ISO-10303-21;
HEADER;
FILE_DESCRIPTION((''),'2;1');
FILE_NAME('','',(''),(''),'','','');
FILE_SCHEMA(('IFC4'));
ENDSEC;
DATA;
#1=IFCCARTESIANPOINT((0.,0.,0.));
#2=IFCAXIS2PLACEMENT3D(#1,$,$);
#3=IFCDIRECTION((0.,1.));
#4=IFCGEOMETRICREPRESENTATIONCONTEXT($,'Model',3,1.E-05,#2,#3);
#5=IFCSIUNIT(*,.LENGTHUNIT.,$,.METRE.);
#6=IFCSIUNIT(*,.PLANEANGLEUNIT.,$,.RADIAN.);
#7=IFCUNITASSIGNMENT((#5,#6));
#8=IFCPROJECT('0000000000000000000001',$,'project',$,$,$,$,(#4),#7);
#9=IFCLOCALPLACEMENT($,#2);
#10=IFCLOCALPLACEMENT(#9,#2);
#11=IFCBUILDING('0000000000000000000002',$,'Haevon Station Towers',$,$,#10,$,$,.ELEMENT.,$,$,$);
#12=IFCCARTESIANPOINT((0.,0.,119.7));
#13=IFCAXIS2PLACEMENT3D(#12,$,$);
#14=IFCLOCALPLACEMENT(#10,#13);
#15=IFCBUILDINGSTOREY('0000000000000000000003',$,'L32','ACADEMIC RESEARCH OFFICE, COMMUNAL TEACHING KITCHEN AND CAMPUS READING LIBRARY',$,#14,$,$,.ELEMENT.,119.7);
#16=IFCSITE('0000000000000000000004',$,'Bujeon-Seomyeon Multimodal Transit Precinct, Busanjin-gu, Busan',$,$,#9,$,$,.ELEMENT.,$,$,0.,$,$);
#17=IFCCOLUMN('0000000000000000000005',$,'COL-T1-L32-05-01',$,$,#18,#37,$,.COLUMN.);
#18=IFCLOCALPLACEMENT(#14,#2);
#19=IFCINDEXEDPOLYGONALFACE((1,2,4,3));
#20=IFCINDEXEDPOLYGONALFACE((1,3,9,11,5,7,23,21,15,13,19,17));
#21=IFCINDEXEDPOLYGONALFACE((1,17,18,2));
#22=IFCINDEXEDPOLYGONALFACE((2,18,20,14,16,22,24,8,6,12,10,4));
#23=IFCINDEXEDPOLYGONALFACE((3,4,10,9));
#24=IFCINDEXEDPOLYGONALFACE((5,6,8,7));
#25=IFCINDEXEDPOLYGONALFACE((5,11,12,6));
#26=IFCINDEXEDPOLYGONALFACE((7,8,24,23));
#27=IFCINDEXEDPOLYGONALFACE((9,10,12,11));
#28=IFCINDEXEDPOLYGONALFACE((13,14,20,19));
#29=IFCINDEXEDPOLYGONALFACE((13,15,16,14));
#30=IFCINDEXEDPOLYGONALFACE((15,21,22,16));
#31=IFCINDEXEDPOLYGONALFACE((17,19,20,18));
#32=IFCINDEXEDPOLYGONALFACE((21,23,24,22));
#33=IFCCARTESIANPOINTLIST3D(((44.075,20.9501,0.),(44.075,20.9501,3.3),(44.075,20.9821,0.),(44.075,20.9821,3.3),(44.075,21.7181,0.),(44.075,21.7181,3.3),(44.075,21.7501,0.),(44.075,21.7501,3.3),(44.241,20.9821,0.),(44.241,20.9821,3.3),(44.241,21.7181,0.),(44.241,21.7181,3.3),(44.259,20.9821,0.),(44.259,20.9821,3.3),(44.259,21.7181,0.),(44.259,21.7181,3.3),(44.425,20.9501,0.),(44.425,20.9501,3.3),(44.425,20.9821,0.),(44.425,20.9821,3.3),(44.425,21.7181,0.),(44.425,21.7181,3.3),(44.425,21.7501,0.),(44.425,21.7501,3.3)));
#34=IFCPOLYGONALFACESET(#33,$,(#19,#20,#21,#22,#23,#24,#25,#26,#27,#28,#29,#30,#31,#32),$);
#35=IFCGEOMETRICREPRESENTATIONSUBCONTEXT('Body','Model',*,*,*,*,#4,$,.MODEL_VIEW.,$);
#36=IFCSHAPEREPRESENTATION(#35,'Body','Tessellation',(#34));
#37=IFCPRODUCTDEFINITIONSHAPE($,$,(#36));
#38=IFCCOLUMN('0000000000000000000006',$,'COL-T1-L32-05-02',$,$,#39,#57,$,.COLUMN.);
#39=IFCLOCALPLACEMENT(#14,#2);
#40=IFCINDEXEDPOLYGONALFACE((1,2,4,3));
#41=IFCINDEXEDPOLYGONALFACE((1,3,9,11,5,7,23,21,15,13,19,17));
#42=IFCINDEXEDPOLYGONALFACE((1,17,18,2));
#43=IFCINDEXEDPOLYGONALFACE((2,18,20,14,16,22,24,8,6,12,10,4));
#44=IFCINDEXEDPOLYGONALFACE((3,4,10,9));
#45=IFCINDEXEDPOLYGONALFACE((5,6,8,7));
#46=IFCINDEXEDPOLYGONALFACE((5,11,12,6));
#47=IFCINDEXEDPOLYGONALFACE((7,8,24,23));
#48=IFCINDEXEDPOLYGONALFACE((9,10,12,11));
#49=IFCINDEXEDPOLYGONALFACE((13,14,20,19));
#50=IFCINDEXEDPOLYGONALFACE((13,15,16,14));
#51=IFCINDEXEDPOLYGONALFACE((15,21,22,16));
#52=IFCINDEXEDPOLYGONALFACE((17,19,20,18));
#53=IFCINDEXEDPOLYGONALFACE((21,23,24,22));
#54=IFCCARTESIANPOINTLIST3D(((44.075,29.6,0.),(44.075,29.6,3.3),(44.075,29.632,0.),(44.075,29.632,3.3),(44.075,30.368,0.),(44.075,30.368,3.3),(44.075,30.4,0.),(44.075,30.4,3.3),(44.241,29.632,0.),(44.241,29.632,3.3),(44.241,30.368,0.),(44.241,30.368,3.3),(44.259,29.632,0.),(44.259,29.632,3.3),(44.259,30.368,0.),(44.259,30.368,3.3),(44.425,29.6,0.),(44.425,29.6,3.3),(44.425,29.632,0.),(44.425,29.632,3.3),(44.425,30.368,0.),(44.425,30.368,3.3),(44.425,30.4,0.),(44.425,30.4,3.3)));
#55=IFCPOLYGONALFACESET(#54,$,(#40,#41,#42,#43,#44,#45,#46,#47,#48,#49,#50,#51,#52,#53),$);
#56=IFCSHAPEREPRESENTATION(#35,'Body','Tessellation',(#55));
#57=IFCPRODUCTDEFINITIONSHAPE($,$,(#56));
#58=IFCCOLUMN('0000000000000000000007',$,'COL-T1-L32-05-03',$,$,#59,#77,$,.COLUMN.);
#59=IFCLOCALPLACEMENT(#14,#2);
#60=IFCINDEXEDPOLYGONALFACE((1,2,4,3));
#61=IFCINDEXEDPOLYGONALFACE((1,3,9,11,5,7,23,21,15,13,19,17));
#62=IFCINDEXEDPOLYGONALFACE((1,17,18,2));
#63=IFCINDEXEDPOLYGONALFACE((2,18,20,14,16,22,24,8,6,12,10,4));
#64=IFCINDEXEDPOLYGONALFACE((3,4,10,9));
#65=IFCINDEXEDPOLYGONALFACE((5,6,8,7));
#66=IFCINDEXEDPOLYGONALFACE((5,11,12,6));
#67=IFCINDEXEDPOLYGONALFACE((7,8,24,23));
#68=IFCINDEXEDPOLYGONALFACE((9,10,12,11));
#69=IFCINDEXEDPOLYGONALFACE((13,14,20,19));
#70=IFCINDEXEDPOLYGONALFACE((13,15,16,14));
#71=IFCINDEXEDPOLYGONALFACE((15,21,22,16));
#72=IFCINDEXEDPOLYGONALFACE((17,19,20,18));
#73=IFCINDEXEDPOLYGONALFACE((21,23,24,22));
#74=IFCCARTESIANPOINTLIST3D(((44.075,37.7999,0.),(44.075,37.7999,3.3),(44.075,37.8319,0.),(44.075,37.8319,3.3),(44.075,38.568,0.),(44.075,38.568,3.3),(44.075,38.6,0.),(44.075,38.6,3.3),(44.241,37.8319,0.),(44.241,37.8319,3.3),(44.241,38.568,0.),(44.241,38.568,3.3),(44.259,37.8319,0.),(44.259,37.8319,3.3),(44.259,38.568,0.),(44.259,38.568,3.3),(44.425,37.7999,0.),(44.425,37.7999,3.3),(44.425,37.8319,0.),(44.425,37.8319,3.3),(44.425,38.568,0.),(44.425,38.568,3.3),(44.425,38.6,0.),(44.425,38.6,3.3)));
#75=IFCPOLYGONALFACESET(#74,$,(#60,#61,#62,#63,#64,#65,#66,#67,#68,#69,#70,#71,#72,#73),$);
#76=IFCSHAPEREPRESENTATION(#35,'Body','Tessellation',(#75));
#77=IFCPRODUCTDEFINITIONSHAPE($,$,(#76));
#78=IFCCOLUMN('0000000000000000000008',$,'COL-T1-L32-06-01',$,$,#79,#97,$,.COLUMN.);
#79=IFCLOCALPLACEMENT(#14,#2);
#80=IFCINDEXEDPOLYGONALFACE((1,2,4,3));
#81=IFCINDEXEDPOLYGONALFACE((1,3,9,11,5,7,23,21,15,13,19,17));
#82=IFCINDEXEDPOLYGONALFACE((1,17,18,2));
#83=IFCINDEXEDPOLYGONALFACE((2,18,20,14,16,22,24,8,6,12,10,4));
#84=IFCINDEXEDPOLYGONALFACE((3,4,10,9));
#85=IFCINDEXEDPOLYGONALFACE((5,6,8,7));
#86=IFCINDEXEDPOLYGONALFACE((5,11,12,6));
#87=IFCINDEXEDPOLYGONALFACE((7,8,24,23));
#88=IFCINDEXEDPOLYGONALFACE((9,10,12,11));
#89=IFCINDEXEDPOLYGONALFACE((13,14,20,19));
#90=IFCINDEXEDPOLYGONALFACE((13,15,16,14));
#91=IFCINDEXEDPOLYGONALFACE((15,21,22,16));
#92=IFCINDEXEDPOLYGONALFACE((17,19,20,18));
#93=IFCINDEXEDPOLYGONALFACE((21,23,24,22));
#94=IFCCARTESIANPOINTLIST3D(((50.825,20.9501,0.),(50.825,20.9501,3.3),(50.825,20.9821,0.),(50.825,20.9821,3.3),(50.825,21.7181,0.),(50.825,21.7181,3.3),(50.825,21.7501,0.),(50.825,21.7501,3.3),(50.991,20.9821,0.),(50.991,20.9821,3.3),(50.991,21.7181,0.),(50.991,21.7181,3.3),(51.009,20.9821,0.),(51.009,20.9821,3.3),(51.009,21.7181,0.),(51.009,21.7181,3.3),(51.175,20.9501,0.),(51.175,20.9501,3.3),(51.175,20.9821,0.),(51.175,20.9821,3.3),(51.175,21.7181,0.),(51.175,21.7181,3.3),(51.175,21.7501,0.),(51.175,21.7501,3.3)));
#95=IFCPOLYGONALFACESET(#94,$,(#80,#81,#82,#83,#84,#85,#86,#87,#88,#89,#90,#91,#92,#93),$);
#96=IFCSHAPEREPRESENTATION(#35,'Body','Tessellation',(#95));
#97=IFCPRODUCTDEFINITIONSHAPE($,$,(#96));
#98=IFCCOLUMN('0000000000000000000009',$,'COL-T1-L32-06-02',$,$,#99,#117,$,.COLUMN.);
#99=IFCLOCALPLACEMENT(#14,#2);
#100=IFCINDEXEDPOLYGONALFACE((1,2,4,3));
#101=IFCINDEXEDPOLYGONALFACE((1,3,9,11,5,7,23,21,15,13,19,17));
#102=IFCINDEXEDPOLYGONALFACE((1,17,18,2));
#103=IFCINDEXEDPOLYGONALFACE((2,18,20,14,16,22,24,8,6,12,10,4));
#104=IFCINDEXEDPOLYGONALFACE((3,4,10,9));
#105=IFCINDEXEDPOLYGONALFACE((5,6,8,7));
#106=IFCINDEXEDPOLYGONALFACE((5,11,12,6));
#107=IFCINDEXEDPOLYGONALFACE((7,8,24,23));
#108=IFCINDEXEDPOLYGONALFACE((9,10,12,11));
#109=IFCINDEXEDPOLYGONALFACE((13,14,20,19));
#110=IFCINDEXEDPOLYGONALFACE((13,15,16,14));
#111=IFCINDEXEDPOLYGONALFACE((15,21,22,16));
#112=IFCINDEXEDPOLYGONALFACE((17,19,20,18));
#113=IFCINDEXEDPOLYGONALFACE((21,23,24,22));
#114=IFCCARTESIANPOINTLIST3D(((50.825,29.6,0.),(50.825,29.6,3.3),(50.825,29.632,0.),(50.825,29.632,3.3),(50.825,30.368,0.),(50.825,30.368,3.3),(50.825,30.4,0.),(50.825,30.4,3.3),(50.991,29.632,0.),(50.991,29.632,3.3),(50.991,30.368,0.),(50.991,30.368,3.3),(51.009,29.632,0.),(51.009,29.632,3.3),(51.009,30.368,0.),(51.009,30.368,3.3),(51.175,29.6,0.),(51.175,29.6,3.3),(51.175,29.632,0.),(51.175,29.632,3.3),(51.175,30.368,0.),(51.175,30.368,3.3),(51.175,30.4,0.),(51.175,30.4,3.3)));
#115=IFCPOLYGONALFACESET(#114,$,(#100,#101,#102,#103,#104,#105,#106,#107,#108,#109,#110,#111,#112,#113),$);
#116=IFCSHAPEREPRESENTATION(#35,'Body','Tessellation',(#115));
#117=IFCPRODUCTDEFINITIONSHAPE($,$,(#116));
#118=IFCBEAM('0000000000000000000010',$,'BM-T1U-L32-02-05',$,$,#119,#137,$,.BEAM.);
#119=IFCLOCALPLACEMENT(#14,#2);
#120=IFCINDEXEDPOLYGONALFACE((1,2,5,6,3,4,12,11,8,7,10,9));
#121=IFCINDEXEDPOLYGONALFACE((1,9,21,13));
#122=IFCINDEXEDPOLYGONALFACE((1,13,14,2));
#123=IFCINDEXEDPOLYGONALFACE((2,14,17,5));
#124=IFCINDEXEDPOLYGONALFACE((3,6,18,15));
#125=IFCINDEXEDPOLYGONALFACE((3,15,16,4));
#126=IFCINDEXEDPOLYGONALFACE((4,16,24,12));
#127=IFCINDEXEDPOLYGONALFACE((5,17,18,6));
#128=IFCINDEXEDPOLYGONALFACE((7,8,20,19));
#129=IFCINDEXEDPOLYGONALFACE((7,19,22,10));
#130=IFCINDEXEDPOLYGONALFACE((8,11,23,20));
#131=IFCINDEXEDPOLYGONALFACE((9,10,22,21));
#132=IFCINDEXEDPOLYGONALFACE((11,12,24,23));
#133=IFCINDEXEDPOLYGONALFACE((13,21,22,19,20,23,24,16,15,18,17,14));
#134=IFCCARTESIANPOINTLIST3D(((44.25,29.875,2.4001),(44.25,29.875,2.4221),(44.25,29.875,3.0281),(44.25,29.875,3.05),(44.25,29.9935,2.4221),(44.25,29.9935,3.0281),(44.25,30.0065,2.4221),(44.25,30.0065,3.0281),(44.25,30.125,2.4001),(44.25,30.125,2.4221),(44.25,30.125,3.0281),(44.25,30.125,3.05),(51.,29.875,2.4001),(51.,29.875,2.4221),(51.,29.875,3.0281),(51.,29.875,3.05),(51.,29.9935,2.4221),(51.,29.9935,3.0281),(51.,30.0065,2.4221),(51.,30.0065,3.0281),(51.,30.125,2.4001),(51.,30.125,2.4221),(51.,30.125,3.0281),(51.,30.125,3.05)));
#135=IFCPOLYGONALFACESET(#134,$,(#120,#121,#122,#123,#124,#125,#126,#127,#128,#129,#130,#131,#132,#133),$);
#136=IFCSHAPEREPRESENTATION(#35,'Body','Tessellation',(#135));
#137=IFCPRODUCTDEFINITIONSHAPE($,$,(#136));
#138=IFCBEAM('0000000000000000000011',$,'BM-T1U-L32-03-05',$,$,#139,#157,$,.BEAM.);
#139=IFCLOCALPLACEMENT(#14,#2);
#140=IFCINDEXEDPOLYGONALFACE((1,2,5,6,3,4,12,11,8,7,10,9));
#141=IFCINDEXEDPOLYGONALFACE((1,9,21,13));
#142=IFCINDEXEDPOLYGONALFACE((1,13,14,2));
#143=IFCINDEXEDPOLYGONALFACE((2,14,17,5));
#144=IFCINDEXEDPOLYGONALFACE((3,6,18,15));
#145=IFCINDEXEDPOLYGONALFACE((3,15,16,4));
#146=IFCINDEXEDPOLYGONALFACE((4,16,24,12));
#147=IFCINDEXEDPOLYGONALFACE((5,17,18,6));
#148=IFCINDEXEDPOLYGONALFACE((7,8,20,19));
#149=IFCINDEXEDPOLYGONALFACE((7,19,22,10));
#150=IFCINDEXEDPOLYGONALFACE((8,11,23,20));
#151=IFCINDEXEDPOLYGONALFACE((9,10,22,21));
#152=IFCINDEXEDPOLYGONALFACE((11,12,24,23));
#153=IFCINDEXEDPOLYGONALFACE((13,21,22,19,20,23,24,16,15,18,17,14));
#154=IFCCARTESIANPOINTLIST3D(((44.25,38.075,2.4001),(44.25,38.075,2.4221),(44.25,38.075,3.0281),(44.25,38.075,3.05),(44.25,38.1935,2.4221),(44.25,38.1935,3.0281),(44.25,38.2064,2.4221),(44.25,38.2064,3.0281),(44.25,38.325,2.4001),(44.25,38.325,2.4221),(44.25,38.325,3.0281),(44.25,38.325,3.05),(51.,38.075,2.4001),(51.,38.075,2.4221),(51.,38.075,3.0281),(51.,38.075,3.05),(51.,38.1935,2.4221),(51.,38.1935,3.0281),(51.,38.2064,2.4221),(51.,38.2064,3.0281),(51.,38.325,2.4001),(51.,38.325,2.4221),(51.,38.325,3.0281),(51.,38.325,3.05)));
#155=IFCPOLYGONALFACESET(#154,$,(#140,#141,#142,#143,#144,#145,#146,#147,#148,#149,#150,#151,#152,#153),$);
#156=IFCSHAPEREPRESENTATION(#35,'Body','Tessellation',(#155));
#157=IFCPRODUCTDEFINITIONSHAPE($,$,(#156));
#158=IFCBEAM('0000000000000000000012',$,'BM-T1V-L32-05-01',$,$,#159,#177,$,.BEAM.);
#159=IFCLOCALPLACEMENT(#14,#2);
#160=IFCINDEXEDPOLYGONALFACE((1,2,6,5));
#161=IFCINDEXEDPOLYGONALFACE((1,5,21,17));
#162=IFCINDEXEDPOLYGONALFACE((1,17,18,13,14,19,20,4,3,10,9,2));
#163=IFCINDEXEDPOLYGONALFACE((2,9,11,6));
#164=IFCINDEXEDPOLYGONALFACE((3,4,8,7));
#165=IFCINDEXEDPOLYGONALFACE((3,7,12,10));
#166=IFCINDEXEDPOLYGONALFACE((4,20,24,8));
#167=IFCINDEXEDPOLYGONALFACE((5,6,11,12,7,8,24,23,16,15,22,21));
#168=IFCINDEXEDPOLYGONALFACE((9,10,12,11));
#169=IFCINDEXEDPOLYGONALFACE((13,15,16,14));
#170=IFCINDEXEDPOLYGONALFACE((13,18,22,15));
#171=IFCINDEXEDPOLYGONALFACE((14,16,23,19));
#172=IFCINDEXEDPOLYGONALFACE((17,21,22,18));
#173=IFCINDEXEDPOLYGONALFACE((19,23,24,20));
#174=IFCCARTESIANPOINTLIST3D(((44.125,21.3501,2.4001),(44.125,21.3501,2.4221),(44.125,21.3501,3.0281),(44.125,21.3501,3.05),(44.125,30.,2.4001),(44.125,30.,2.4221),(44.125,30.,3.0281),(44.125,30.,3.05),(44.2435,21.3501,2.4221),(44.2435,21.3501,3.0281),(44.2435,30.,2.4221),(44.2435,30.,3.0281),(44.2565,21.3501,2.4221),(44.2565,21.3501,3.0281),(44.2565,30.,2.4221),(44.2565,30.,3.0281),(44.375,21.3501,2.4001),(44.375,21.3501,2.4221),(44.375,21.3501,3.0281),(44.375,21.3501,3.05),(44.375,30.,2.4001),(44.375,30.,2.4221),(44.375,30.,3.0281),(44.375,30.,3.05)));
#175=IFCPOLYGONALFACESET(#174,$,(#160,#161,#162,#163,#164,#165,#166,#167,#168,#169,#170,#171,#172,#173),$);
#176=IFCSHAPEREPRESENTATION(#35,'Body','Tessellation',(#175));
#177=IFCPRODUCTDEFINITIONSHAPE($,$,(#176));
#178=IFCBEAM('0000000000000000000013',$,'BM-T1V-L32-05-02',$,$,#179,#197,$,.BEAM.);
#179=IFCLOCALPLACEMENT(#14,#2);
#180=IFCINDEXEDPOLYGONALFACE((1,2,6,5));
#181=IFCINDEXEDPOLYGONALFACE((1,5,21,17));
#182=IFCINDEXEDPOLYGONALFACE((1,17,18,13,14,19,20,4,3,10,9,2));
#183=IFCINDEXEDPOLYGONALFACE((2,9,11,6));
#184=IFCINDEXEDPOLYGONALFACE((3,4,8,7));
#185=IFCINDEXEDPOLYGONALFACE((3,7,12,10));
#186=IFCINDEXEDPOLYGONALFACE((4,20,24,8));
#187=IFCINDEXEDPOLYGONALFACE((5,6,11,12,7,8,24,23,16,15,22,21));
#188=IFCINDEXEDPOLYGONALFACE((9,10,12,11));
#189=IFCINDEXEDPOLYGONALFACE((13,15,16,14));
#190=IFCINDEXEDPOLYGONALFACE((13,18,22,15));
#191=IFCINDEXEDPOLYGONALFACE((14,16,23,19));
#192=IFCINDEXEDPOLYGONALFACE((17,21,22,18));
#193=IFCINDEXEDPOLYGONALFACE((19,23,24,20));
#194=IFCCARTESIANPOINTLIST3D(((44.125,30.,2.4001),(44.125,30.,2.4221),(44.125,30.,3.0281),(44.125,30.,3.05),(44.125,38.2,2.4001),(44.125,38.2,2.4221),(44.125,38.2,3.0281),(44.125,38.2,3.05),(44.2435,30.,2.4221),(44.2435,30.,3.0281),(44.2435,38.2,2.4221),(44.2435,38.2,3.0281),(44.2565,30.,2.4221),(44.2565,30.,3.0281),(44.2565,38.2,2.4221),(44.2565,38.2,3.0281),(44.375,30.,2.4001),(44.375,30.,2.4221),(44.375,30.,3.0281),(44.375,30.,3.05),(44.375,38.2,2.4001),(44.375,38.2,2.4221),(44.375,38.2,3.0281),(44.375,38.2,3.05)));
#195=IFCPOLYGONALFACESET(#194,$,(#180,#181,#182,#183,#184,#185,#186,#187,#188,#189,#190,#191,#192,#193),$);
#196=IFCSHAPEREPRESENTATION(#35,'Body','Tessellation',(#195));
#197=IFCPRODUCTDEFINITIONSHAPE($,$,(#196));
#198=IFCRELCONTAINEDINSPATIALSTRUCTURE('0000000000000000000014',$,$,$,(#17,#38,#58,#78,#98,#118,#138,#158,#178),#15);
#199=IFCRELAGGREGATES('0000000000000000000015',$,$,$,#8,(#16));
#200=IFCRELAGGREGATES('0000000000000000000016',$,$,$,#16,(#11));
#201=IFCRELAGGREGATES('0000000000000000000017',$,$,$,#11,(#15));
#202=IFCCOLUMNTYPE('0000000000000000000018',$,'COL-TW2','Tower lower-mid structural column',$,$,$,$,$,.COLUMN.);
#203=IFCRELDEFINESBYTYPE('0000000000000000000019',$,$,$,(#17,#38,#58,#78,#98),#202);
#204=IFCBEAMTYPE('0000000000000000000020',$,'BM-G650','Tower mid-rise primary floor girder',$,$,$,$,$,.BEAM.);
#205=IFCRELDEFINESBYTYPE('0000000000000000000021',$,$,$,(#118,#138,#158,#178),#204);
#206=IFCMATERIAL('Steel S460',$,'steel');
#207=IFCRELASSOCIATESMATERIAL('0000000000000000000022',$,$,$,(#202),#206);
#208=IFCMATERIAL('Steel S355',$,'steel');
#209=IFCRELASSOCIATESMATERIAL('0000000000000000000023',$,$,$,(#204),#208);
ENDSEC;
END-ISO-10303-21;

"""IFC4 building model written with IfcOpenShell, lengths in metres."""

from ifc_helpers import new_model, si_unit, direction, frame, origin, origin_2d, place, context, subcontext, project, spatial, i_section, extrude, material, material_profile, profile_set, type_object, element, save


model = new_model("IFC4")

# Units and contexts
model_context = context("Model", 3, precision=1e-05, world=origin(), true_north=direction((0.0, 1.0)))
body_context = subcontext(model_context, "Body", "Model", "MODEL_VIEW")
ifc_project = project(units=[si_unit("LENGTHUNIT", "METRE"), si_unit("PLANEANGLEUNIT", "RADIAN")], contexts=[model_context])

# Site, building, storey
site_placement = place(None, origin())
site = spatial("IfcSite", under=ifc_project, at=site_placement, Name="Bujeon-Seomyeon Multimodal Transit Precinct, Busanjin-gu, Busan", CompositionType="ELEMENT", RefElevation=0.0)
building_placement = place(site_placement, origin())
building = spatial("IfcBuilding", under=site, at=building_placement, Name="Haevon Station Towers", CompositionType="ELEMENT")
storey_placement = place(building_placement, frame((0.0, 0.0, 119.7)))
storey = spatial("IfcBuildingStorey", under=building, at=storey_placement, Name="L32", Description="ACADEMIC RESEARCH OFFICE, COMMUNAL TEACHING KITCHEN AND CAMPUS READING LIBRARY", CompositionType="ELEMENT", Elevation=119.7)

# Columns
ifc_material_1 = material(Name="Steel S460", Category="steel")
ifc_material_profile_1 = material_profile(ifc_material_1, i_section(OverallWidth=0.3501, OverallDepth=0.8, WebThickness=0.0181, FlangeThickness=0.032, at=origin_2d()), Name="H-800x350x18x32")
ifc_profile_set_1 = profile_set([ifc_material_profile_1], Name="Steel S460")
column_type = type_object("IfcColumnType", Name="COL-TW2", Description="Tower lower-mid structural column", PredefinedType="COLUMN", material=ifc_profile_set_1)
for number, where, z_axis, x_axis, name in (
    (1, (44.25, 21.3501, 0.0), (0.0, 0.0, 1.0), (1.0, 0.0, 0.0), "COL-T1-L32-05-01"),
    (2, (44.25, 30.0, 0.0), (0.0, 0.0, 1.0), (1.0, 0.0, 0.0), "COL-T1-L32-05-02"),
    (3, (44.25, 38.2, 0.0), (0.0, 0.0, 1.0), (1.0, 0.0, 0.0), "COL-T1-L32-05-03"),
    (4, (51.0, 21.3501, 0.0), (0.0, 0.0, 1.0), (1.0, 0.0, 0.0), "COL-T1-L32-06-01"),
    (5, (51.0, 30.0, 0.0), (0.0, 0.0, 1.0), (1.0, 0.0, 0.0), "COL-T1-L32-06-02"),
):
    element("IfcColumn", number, at=place(storey_placement, frame(where, z_axis=z_axis, x_axis=x_axis)), inside=storey, type_object=column_type, Name=name, PredefinedType="COLUMN", context=body_context, shape_type="SweptSolid", body=[
        extrude(i_section(OverallWidth=0.3501, OverallDepth=0.8, WebThickness=0.0181, FlangeThickness=0.032, at=origin_2d()), origin(), (0.0, 0.0, 1.0), 3.3),
    ])

# Beams
ifc_material_2 = material(Name="Steel S355", Category="steel")
ifc_material_profile_2 = material_profile(ifc_material_2, i_section(OverallWidth=0.25, OverallDepth=0.6499, WebThickness=0.0129, FlangeThickness=0.022, at=origin_2d()), Name="H-650x250x13x22")
ifc_profile_set_2 = profile_set([ifc_material_profile_2], Name="Steel S355")
beam_type_1 = type_object("IfcBeamType", Name="BM-G650", Description="Tower mid-rise primary floor girder", PredefinedType="BEAM", material=ifc_profile_set_2)
for number, where, z_axis, x_axis, name in (
    (6, (44.25, 30.0, 2.7251), (1.0, 0.0, 0.0), (0.0, 1.0, 0.0), "BM-T1U-L32-02-05"),
    (7, (44.25, 38.2, 2.7251), (1.0, 0.0, 0.0), (0.0, 1.0, 0.0), "BM-T1U-L32-03-05"),
):
    element("IfcBeam", number, at=place(storey_placement, frame(where, z_axis=z_axis, x_axis=x_axis)), inside=storey, type_object=beam_type_1, Name=name, PredefinedType="BEAM", context=body_context, shape_type="SweptSolid", body=[
        extrude(i_section(OverallWidth=0.25, OverallDepth=0.6499, WebThickness=0.0129, FlangeThickness=0.022, at=origin_2d()), origin(), (0.0, 0.0, 1.0), 6.75),
    ])
beam_1_placement = place(storey_placement, frame((44.25, 21.3501, 2.7251), z_axis=(0.0, 1.0, 0.0), x_axis=(-1.0, 0.0, 0.0)))
element("IfcBeam", 8, at=beam_1_placement, inside=storey, type_object=beam_type_1, Name="BM-T1V-L32-05-01", PredefinedType="BEAM", context=body_context, shape_type="SweptSolid", body=[
    extrude(i_section(OverallWidth=0.25, OverallDepth=0.6499, WebThickness=0.0129, FlangeThickness=0.022, at=origin_2d()), origin(), (0.0, 0.0, 1.0), 8.6499),
])
beam_2_placement = place(storey_placement, frame((44.25, 30.0, 2.7251), z_axis=(0.0, 1.0, 0.0), x_axis=(-1.0, 0.0, 0.0)))
element("IfcBeam", 9, at=beam_2_placement, inside=storey, type_object=beam_type_1, Name="BM-T1V-L32-05-02", PredefinedType="BEAM", context=body_context, shape_type="SweptSolid", body=[
    extrude(i_section(OverallWidth=0.25, OverallDepth=0.6499, WebThickness=0.0129, FlangeThickness=0.022, at=origin_2d()), origin(), (0.0, 0.0, 1.0), 8.2),
])

save(model, "model.ifc")
